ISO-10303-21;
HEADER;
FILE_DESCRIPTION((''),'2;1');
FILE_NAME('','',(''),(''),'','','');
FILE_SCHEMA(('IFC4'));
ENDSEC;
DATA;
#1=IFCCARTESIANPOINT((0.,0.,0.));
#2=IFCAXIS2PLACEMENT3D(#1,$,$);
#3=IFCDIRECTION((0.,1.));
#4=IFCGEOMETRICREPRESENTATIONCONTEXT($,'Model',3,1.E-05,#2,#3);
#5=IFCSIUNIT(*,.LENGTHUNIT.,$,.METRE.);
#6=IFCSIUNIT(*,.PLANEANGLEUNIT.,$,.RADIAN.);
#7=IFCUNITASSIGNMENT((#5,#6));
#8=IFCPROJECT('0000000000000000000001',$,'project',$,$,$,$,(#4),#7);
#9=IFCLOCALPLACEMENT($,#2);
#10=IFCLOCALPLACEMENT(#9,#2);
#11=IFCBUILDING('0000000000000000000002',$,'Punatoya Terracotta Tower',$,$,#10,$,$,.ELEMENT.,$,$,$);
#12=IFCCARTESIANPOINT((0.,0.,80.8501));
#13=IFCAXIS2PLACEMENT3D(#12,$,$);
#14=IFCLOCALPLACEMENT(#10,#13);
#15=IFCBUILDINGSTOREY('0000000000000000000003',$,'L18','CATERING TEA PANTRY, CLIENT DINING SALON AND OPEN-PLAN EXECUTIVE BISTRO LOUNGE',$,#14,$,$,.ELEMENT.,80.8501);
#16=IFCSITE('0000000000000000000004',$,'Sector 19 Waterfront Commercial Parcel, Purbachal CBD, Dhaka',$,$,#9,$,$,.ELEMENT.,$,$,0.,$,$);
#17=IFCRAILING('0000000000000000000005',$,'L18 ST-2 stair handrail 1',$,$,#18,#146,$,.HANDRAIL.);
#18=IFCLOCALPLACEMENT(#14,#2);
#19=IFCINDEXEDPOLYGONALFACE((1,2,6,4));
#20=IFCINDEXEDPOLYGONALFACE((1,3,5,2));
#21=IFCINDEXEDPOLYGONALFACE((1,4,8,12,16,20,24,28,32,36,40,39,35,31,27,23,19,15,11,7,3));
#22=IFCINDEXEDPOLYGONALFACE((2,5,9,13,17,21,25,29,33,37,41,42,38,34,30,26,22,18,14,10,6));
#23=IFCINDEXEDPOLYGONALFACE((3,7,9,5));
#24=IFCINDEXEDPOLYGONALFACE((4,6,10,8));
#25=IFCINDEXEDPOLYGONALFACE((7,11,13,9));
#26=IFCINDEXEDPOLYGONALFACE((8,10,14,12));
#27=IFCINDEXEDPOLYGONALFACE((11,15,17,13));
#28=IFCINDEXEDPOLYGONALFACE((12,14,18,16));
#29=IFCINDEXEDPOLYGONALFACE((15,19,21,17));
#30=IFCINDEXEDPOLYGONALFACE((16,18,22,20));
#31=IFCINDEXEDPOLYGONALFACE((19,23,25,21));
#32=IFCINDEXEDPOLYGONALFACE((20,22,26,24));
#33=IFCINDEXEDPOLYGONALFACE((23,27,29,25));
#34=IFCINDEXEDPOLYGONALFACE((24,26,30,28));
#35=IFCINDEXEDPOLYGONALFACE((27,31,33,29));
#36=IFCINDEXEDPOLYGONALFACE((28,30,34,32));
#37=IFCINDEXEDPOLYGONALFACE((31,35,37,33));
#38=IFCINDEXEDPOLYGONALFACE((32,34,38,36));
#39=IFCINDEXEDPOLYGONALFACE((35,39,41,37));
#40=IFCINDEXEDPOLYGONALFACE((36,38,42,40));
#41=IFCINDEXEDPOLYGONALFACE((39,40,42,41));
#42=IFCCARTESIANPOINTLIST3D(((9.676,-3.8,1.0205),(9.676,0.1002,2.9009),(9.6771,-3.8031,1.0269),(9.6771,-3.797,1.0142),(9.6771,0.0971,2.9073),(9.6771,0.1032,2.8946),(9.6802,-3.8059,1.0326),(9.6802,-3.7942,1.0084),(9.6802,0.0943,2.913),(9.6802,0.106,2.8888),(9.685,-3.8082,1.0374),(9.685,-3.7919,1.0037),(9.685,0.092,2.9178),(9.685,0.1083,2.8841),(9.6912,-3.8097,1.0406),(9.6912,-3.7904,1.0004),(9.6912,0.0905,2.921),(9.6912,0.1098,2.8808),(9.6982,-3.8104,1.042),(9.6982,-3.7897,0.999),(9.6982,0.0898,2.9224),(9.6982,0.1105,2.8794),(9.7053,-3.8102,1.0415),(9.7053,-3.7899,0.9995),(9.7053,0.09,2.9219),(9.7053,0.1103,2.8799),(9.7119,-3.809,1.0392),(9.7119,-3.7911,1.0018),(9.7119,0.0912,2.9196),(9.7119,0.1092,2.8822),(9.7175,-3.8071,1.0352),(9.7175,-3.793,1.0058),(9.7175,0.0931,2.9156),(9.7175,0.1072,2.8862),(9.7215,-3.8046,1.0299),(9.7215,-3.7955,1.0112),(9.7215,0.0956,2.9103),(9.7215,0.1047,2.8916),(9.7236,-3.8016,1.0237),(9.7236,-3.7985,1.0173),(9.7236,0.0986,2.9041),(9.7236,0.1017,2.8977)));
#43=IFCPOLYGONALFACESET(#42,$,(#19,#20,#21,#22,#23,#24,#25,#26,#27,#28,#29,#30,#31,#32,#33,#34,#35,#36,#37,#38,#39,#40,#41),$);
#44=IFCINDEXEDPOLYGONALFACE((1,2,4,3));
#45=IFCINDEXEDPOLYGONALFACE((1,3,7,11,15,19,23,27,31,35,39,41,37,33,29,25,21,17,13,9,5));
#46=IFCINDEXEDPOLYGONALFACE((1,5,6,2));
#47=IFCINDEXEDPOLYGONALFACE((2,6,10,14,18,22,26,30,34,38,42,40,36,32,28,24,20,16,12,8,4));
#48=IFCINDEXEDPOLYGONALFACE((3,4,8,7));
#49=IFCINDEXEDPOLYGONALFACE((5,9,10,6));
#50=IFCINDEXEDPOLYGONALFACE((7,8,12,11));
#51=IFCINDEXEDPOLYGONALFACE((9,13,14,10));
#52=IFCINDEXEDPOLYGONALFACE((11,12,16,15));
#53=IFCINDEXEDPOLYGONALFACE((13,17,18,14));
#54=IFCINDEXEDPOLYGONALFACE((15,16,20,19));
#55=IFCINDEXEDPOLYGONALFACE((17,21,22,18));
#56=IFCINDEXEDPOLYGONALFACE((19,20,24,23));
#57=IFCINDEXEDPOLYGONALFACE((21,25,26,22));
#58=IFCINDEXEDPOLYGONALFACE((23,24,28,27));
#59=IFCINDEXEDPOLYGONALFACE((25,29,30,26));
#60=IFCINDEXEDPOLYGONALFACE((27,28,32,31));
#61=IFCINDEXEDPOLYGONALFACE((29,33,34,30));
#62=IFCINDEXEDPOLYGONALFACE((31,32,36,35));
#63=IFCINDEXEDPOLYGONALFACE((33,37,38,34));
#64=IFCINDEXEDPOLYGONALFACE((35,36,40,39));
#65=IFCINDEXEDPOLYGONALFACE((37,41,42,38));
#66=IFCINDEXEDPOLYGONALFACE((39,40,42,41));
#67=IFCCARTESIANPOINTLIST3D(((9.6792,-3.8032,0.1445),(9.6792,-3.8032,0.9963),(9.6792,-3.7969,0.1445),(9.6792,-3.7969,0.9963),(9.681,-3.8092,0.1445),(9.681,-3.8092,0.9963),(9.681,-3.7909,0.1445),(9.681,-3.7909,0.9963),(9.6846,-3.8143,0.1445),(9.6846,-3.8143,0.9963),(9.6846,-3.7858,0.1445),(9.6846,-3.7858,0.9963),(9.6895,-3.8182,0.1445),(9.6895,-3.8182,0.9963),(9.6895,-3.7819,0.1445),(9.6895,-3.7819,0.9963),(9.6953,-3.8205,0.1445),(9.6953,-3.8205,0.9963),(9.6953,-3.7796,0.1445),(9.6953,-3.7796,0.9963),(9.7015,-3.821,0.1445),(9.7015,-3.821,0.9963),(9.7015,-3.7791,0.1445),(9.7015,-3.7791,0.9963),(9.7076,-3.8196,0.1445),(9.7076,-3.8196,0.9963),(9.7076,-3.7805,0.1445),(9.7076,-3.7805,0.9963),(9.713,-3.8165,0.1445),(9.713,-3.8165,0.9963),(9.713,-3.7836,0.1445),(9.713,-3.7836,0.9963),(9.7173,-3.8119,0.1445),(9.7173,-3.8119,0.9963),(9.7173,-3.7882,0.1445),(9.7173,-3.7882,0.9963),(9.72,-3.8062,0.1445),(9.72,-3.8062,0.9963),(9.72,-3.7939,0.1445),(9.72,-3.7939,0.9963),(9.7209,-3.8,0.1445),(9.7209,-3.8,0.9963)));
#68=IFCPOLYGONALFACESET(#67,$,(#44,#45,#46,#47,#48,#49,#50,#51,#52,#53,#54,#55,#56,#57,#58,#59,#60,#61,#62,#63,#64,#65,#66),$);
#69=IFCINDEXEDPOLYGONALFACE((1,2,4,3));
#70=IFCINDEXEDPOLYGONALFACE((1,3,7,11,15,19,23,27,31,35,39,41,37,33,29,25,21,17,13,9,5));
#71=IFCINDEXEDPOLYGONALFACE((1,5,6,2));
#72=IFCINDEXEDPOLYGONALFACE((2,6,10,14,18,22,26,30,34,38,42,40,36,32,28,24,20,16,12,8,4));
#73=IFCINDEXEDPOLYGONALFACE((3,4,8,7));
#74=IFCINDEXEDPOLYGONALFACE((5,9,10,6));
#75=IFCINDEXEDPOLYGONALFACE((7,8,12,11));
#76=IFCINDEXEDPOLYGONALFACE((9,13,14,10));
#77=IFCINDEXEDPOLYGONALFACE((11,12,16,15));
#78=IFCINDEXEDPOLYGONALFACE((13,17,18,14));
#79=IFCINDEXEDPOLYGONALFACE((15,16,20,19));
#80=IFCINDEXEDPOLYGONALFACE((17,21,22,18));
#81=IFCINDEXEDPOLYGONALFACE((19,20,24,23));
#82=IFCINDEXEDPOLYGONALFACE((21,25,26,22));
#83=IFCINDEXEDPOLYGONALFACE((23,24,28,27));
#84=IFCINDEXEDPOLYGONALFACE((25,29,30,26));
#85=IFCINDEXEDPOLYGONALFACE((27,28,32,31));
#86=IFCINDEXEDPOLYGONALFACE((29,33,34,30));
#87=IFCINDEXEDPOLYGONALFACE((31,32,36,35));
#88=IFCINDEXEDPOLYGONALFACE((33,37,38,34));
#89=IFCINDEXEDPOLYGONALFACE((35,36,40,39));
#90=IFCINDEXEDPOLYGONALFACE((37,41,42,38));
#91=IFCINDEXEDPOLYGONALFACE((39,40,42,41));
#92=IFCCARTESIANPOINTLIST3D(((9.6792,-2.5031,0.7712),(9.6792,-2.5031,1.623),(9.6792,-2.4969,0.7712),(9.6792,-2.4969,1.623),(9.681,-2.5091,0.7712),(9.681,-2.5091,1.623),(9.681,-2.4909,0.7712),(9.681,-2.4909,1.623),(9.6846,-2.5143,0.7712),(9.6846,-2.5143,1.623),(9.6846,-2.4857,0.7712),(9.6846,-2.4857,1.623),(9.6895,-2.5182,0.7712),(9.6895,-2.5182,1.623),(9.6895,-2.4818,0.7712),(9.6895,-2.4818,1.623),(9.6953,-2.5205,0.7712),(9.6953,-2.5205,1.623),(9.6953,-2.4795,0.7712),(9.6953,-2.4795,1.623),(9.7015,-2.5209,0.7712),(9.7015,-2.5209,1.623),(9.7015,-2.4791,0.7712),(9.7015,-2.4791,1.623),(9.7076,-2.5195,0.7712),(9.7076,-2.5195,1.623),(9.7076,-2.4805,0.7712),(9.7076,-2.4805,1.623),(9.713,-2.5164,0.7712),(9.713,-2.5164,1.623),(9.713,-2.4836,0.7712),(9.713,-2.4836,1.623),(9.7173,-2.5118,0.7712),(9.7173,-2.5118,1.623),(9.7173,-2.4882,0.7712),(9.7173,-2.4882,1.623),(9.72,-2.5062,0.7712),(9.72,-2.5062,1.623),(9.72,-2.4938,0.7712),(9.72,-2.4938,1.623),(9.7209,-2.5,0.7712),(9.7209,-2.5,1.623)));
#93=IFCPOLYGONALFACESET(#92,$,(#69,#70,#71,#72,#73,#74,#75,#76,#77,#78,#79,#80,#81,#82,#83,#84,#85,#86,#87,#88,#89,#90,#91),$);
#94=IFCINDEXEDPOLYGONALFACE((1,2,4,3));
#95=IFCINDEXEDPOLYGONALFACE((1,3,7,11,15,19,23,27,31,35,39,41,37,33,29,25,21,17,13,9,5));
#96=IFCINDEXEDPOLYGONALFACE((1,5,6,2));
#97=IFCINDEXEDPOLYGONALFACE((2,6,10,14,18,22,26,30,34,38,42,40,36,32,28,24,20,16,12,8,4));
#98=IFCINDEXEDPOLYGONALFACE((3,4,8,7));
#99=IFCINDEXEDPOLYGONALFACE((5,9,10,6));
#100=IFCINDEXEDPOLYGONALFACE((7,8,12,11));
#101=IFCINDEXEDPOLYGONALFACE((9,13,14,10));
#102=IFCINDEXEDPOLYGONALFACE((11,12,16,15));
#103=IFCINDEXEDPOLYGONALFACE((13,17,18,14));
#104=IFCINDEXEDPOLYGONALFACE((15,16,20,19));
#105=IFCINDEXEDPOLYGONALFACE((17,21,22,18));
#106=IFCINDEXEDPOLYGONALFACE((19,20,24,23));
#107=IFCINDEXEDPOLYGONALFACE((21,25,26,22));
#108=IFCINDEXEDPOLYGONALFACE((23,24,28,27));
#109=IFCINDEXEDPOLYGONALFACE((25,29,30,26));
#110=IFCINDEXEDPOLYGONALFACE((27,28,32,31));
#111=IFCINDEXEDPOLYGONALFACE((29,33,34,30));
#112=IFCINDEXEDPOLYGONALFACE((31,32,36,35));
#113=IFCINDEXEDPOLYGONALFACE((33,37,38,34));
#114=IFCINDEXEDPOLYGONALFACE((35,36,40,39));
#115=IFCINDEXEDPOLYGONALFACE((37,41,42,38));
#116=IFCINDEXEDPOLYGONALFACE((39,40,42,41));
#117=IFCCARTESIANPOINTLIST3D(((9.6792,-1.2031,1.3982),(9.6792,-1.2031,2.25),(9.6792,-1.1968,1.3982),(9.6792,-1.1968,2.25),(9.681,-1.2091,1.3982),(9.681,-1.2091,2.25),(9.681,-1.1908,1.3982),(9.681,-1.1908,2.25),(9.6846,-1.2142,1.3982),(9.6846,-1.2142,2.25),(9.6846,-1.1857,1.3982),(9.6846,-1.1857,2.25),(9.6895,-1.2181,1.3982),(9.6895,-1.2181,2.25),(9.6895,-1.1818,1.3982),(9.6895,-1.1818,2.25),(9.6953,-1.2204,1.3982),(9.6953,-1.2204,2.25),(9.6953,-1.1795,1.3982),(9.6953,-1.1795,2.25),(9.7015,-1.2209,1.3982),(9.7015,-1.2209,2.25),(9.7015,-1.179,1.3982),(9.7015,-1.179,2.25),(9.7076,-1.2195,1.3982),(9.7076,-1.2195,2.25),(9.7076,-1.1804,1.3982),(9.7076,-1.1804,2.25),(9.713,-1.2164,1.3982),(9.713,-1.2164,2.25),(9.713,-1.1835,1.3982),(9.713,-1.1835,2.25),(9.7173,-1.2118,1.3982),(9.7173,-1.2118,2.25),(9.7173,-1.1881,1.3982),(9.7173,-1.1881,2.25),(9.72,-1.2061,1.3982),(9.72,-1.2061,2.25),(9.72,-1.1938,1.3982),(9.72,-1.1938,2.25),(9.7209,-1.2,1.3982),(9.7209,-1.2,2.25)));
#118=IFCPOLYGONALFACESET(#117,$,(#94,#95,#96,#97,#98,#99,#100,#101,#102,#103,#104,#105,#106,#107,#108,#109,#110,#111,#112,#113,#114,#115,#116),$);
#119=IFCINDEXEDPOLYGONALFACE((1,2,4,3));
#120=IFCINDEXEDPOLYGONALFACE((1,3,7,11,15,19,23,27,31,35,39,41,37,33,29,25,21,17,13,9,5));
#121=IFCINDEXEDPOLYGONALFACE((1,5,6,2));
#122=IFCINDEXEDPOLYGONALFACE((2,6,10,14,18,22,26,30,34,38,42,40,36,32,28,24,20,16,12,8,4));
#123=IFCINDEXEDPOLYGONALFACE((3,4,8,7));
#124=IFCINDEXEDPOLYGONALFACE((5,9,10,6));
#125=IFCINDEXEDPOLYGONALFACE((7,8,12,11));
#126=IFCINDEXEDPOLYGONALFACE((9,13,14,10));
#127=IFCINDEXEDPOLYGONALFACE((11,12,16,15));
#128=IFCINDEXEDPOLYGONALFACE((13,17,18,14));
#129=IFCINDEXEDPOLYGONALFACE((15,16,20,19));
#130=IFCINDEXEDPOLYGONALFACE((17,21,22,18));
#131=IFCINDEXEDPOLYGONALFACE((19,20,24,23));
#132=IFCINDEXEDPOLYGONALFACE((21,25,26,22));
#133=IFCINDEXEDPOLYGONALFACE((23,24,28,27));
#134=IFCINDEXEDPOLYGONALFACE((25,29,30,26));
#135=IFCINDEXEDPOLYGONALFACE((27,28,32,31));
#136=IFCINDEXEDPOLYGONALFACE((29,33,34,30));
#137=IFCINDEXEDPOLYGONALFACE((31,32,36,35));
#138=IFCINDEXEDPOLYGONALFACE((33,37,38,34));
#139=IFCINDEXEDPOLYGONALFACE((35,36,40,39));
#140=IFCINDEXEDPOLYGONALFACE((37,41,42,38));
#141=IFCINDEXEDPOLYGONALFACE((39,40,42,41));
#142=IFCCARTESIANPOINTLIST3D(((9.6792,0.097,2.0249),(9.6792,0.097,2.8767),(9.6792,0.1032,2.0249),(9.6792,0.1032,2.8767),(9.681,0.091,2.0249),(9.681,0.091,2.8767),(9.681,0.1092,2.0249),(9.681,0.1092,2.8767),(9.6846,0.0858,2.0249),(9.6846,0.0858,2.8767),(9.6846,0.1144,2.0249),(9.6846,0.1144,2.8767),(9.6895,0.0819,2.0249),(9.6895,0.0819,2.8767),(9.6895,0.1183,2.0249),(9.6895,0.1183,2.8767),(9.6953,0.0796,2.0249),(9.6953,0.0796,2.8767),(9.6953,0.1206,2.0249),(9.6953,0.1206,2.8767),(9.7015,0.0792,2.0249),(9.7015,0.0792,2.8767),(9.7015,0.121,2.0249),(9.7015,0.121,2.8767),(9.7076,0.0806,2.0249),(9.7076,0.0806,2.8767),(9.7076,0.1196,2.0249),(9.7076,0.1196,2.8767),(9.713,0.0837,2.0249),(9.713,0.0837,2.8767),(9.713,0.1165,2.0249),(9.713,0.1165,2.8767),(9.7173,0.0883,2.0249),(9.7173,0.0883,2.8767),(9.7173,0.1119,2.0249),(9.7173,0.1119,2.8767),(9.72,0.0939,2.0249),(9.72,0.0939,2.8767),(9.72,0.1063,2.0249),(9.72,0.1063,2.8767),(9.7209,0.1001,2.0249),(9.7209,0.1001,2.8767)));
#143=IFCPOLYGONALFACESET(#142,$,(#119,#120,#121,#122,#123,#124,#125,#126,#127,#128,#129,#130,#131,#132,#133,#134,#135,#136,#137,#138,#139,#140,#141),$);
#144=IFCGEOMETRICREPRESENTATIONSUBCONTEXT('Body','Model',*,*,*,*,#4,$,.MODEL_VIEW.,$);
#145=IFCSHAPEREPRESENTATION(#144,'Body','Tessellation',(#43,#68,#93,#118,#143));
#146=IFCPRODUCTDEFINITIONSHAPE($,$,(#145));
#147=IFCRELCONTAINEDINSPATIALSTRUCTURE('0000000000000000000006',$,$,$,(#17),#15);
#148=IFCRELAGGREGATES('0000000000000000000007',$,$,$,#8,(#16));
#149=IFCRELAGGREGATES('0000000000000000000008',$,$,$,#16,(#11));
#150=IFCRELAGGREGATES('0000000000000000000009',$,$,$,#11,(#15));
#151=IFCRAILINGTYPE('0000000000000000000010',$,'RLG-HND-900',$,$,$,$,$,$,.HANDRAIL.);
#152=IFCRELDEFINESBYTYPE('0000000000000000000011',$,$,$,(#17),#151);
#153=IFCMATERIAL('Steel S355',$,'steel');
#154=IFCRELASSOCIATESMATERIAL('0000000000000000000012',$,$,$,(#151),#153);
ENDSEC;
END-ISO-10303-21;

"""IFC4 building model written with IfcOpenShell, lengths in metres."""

from ifc_helpers import new_model, si_unit, direction, frame, origin, origin_2d, place, context, subcontext, project, spatial, circle, extrude, material, type_object, element, save


model = new_model("IFC4")

# Units and contexts
model_context = context("Model", 3, precision=1e-05, world=origin(), true_north=direction((0.0, 1.0)))
body_context = subcontext(model_context, "Body", "Model", "MODEL_VIEW")
ifc_project = project(units=[si_unit("LENGTHUNIT", "METRE"), si_unit("PLANEANGLEUNIT", "RADIAN")], contexts=[model_context])

# Site, building, storey
site_placement = place(None, origin())
site = spatial("IfcSite", under=ifc_project, at=site_placement, Name="Sector 19 Waterfront Commercial Parcel, Purbachal CBD, Dhaka", CompositionType="ELEMENT", RefElevation=0.0)
building_placement = place(site_placement, origin())
building = spatial("IfcBuilding", under=site, at=building_placement, Name="Punatoya Terracotta Tower", CompositionType="ELEMENT")
storey_placement = place(building_placement, frame((0.0, 0.0, 80.8501)))
storey = spatial("IfcBuildingStorey", under=building, at=storey_placement, Name="L18", Description="CATERING TEA PANTRY, CLIENT DINING SALON AND OPEN-PLAN EXECUTIVE BISTRO LOUNGE", CompositionType="ELEMENT", Elevation=80.8501)

# Shared definitions
ifc_material_1 = material(Name="Steel S355", Category="steel")

# Railing
railing_type_1 = type_object("IfcRailingType", Name="RLG-HND-900", PredefinedType="HANDRAIL", material=ifc_material_1)
railing_1_placement = place(storey_placement, frame((9.7, -3.8, 0.1445)))
element("IfcRailing", 1, at=railing_1_placement, inside=storey, type_object=railing_type_1, Name="L18 ST-2 stair handrail 1", PredefinedType="HANDRAIL", context=body_context, shape_type="SweptSolid", body=[
    extrude(circle(Radius=0.0239, at=origin_2d()), frame((0.0, 0.0, 0.876), z_axis=(0.0, 0.900774, 0.434289), x_axis=(-1.0, 0.0, 0.0)), (0.0, 0.0, 1.0), 4.3298),
    extrude(circle(Radius=0.021, at=origin_2d()), origin(), (0.0, 0.0, 1.0), 0.8518),
    extrude(circle(Radius=0.021, at=origin_2d()), frame((0.0, 1.3, 0.6267)), (0.0, 0.0, 1.0), 0.8518),
    extrude(circle(Radius=0.021, at=origin_2d()), frame((0.0, 2.6001, 1.2537)), (0.0, 0.0, 1.0), 0.8518),
    extrude(circle(Radius=0.021, at=origin_2d()), frame((0.0, 3.9001, 1.8804)), (0.0, 0.0, 1.0), 0.8518),
])

save(model, "model.ifc")
